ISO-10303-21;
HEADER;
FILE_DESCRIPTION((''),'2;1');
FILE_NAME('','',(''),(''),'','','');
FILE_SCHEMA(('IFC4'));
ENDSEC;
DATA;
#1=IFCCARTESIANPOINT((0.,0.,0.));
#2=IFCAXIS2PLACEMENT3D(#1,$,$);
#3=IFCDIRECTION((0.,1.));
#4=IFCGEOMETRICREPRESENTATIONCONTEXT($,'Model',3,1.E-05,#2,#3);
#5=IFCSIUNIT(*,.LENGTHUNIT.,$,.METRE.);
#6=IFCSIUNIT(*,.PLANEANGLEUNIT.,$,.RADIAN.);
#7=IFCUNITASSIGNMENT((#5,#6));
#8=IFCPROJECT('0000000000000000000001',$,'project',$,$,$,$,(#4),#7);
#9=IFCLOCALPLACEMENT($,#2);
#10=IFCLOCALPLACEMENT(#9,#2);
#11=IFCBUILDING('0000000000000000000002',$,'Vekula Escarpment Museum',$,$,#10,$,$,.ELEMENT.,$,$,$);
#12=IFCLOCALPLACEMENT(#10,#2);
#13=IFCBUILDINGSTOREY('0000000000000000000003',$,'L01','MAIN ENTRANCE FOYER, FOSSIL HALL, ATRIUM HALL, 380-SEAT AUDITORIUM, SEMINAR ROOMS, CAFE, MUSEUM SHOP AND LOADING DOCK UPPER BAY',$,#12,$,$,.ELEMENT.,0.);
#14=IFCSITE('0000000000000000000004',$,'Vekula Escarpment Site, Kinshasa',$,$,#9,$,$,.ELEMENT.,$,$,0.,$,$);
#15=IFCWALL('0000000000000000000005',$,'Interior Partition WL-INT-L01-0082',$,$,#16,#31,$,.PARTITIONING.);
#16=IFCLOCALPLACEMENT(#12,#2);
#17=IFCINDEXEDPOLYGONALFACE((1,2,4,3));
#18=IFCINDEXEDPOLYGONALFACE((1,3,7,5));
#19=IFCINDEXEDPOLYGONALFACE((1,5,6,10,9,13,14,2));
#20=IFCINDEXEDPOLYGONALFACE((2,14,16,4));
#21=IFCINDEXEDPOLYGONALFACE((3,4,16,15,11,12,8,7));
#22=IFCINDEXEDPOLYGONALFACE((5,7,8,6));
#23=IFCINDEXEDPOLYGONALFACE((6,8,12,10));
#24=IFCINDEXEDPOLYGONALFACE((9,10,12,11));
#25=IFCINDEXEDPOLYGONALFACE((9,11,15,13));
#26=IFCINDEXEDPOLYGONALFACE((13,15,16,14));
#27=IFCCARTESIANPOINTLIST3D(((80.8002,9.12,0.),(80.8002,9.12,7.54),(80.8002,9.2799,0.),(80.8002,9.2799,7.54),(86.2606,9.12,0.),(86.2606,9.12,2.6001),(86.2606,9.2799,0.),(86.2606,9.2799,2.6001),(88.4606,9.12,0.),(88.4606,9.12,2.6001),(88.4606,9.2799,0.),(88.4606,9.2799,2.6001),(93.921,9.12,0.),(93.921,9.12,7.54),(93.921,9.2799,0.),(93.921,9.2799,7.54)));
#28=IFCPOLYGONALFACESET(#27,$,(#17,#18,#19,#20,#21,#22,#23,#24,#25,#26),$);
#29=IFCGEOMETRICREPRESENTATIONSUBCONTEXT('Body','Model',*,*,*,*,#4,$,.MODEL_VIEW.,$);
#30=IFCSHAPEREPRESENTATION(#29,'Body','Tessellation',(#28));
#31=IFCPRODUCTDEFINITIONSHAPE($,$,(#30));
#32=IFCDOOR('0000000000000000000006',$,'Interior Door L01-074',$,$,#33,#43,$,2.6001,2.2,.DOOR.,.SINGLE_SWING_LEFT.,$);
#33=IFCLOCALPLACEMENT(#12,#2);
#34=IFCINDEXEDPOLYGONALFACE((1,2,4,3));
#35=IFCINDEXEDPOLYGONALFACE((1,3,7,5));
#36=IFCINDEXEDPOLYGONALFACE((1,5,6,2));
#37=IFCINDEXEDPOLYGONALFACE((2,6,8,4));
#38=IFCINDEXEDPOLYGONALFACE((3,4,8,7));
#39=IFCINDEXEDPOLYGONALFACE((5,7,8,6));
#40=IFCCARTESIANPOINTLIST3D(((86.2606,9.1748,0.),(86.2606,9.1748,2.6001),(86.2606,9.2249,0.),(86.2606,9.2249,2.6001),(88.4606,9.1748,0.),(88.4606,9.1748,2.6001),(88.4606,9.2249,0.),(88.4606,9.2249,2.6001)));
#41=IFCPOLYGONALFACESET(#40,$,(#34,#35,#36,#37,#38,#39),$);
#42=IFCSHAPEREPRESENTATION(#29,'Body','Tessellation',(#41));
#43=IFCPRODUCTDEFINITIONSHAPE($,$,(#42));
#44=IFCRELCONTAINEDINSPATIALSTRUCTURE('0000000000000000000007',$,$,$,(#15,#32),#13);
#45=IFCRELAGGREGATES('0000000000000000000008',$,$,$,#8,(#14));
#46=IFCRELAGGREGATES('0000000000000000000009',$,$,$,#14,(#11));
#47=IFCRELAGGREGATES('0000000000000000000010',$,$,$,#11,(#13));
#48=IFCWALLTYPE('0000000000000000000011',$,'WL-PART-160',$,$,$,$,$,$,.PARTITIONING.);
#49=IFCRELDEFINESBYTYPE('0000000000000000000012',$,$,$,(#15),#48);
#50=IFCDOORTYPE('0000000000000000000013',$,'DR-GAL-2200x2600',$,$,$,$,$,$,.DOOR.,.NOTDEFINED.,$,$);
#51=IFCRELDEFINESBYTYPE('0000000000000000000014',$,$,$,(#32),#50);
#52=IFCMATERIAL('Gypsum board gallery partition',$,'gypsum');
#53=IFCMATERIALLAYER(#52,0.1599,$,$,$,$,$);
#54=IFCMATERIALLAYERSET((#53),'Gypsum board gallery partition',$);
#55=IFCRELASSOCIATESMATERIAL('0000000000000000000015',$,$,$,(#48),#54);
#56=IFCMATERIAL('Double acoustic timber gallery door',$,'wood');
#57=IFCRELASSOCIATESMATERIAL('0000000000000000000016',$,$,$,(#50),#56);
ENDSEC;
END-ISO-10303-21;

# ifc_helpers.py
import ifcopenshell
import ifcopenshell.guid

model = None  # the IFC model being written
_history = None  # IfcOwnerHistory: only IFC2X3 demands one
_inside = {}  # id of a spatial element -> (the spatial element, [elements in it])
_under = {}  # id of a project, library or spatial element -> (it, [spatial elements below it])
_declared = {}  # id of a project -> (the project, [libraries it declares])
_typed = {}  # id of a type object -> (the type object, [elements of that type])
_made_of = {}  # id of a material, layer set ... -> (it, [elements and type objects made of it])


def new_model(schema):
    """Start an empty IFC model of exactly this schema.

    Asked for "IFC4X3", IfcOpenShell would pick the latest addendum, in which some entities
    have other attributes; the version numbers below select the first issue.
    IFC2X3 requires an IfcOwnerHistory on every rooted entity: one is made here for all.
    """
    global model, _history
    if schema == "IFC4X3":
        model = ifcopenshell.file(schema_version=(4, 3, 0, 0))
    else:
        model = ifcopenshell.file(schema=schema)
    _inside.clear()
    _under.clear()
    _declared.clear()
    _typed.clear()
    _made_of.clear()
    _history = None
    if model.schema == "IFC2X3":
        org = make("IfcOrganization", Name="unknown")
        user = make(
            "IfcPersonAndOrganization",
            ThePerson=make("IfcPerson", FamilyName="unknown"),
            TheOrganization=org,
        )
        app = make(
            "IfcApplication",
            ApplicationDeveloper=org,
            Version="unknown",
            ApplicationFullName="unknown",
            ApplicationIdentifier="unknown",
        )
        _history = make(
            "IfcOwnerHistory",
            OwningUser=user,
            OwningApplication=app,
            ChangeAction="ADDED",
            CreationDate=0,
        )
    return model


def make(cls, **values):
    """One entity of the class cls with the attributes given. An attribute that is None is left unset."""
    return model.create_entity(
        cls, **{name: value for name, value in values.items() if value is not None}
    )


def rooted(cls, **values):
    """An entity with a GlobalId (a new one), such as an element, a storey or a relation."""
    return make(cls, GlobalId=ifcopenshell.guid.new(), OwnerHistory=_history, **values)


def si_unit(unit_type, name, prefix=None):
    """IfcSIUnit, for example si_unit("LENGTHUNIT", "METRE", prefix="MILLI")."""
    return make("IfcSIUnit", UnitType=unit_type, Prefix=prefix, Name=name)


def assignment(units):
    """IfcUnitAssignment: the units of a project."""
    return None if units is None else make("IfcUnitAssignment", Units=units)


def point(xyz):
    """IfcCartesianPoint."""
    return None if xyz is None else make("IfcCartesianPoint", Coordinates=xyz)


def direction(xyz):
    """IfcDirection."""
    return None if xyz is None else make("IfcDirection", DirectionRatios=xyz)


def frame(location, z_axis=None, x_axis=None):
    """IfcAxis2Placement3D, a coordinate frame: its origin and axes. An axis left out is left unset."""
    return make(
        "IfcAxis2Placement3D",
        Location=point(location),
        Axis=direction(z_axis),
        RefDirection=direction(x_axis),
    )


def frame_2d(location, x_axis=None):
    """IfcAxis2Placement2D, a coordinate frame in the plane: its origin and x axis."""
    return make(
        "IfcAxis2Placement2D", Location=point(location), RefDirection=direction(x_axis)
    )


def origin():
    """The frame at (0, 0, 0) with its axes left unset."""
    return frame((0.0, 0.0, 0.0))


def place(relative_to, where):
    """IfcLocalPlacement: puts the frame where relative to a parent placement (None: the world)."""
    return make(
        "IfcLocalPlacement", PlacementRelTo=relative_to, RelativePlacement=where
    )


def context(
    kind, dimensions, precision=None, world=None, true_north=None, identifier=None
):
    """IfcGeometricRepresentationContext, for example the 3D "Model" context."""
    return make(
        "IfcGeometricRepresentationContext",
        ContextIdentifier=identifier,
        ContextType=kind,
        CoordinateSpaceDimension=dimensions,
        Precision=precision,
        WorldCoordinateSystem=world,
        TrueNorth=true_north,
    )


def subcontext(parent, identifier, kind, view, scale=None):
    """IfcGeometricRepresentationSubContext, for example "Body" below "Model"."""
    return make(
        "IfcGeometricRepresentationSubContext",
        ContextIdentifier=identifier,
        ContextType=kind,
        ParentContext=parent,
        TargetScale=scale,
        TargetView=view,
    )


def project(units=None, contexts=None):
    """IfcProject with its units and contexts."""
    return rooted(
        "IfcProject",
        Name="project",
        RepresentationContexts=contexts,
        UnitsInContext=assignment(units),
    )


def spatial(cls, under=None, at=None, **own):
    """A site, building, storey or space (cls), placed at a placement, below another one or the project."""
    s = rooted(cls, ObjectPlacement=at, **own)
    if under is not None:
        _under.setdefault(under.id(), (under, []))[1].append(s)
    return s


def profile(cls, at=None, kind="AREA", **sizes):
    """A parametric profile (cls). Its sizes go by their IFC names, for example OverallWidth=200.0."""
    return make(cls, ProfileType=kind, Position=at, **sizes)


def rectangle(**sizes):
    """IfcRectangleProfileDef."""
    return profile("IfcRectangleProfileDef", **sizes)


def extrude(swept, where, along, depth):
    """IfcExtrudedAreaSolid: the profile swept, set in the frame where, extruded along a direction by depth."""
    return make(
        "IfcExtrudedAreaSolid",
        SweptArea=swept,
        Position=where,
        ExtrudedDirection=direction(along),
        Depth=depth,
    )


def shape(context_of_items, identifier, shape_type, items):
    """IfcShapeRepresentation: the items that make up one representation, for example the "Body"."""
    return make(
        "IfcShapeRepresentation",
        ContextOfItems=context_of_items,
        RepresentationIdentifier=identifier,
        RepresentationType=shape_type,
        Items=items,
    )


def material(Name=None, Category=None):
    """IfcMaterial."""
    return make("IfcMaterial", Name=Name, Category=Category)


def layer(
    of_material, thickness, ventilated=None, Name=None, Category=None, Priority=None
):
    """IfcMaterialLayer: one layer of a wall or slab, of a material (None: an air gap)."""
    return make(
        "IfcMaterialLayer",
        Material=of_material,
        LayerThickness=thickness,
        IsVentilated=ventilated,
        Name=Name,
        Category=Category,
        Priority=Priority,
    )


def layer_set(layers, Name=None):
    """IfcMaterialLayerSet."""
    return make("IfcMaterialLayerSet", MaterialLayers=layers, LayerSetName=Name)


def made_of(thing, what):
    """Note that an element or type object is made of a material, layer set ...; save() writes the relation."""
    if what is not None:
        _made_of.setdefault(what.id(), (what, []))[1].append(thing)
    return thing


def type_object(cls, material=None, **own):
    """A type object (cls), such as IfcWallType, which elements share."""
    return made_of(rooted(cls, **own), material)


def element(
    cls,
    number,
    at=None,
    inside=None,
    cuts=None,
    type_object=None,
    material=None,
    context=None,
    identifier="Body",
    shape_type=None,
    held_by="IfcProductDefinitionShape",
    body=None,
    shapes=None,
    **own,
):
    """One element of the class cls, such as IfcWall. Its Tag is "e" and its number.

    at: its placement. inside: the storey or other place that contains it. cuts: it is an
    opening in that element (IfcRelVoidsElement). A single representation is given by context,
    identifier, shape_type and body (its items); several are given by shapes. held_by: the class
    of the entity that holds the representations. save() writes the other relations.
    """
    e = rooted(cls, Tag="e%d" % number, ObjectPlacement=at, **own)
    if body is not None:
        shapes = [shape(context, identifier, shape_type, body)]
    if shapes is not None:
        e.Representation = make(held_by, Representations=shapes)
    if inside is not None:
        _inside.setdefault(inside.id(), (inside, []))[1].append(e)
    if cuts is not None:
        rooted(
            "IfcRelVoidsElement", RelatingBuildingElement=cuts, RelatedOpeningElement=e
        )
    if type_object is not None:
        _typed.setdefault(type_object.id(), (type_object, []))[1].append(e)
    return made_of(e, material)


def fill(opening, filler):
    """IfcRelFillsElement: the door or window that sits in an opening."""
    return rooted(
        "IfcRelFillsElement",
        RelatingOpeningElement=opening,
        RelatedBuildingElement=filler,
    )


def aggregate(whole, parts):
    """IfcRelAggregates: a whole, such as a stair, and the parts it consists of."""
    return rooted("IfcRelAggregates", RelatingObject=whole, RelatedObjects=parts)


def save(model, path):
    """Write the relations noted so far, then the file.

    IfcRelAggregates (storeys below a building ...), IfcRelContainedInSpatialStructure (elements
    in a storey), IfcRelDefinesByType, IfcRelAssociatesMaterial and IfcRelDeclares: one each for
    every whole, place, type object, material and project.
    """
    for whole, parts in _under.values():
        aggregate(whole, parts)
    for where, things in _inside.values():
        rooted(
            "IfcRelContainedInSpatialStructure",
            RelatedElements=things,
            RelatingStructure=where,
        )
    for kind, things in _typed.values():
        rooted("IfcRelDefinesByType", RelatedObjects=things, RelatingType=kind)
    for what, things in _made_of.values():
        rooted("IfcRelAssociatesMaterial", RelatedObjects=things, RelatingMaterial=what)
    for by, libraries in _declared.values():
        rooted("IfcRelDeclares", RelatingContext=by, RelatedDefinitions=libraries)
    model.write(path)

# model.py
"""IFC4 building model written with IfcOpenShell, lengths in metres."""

from ifc_helpers import new_model, si_unit, direction, frame, frame_2d, origin, place, context, subcontext, project, spatial, rectangle, extrude, material, layer, layer_set, type_object, element, fill, save


model = new_model("IFC4")

# Units and contexts
model_context = context("Model", 3, precision=1e-05, world=origin(), true_north=direction((0.0, 1.0)))
body_context = subcontext(model_context, "Body", "Model", "MODEL_VIEW")
ifc_project = project(units=[si_unit("LENGTHUNIT", "METRE"), si_unit("PLANEANGLEUNIT", "RADIAN")], contexts=[model_context])

# Site, building, storey
site_placement = place(None, origin())
site = spatial("IfcSite", under=ifc_project, at=site_placement, Name="Vekula Escarpment Site, Kinshasa", CompositionType="ELEMENT", RefElevation=0.0)
building_placement = place(site_placement, origin())
building = spatial("IfcBuilding", under=site, at=building_placement, Name="Vekula Escarpment Museum", CompositionType="ELEMENT")
storey_placement = place(building_placement, origin())
storey = spatial("IfcBuildingStorey", under=building, at=storey_placement, Name="L01", Description="MAIN ENTRANCE FOYER, FOSSIL HALL, ATRIUM HALL, 380-SEAT AUDITORIUM, SEMINAR ROOMS, CAFE, MUSEUM SHOP AND LOADING DOCK UPPER BAY", CompositionType="ELEMENT", Elevation=0.0)

# Wall, opening, door
ifc_material_1 = material(Name="Gypsum board gallery partition", Category="gypsum")
ifc_layer_1 = layer(ifc_material_1, 0.1599)
ifc_layer_set_1 = layer_set([ifc_layer_1], Name="Gypsum board gallery partition")
wall_type_1 = type_object("IfcWallType", Name="WL-PART-160", PredefinedType="PARTITIONING", material=ifc_layer_set_1)
wall_1_placement = place(storey_placement, frame((80.8, 9.2, 0.0), z_axis=(0.0, 0.0, 1.0), x_axis=(1.0, 0.0, 0.0)))
wall_1 = element("IfcWall", 1, at=wall_1_placement, inside=storey, type_object=wall_type_1, Name="Interior Partition WL-INT-L01-0082", PredefinedType="PARTITIONING", context=body_context, shape_type="SweptSolid", body=[
    extrude(rectangle(XDim=13.1208, YDim=0.1599, at=frame_2d((6.5605, 0.0))), origin(), (0.0, 0.0, 1.0), 7.54),
])
opening_1_placement = place(wall_1_placement, frame((5.4604, 0.0, 0.0)))
opening_1 = element("IfcOpeningElement", 2, at=opening_1_placement, cuts=wall_1, PredefinedType="OPENING", context=body_context, shape_type="SweptSolid", body=[
    extrude(rectangle(XDim=2.2, YDim=2.6001, at=frame_2d((1.1001, 1.3))), frame((0.0, 0.0898, 0.0), z_axis=(0.0, -1.0, 0.0), x_axis=(1.0, 0.0, 0.0)), (0.0, 0.0, 1.0), 0.1799),
])
ifc_material_2 = material(Name="Double acoustic timber gallery door", Category="wood")
door_type_1 = type_object("IfcDoorType", Name="DR-GAL-2200x2600", OperationType="NOTDEFINED", PredefinedType="DOOR", material=ifc_material_2)
door_1_placement = place(opening_1_placement, origin())
door_1 = element("IfcDoor", 3, at=door_1_placement, inside=storey, type_object=door_type_1, Name="Interior Door L01-074", OperationType="SINGLE_SWING_LEFT", OverallHeight=2.6001, OverallWidth=2.2, PredefinedType="DOOR", context=body_context, shape_type="SweptSolid", body=[
    extrude(rectangle(XDim=2.2, YDim=2.6001, at=frame_2d((1.1001, 1.3))), frame((0.0, 0.0249, 0.0), z_axis=(0.0, -1.0, 0.0), x_axis=(1.0, 0.0, 0.0)), (0.0, 0.0, 1.0), 0.05),
])
fill(opening_1, door_1)

save(model, "model.ifc")
